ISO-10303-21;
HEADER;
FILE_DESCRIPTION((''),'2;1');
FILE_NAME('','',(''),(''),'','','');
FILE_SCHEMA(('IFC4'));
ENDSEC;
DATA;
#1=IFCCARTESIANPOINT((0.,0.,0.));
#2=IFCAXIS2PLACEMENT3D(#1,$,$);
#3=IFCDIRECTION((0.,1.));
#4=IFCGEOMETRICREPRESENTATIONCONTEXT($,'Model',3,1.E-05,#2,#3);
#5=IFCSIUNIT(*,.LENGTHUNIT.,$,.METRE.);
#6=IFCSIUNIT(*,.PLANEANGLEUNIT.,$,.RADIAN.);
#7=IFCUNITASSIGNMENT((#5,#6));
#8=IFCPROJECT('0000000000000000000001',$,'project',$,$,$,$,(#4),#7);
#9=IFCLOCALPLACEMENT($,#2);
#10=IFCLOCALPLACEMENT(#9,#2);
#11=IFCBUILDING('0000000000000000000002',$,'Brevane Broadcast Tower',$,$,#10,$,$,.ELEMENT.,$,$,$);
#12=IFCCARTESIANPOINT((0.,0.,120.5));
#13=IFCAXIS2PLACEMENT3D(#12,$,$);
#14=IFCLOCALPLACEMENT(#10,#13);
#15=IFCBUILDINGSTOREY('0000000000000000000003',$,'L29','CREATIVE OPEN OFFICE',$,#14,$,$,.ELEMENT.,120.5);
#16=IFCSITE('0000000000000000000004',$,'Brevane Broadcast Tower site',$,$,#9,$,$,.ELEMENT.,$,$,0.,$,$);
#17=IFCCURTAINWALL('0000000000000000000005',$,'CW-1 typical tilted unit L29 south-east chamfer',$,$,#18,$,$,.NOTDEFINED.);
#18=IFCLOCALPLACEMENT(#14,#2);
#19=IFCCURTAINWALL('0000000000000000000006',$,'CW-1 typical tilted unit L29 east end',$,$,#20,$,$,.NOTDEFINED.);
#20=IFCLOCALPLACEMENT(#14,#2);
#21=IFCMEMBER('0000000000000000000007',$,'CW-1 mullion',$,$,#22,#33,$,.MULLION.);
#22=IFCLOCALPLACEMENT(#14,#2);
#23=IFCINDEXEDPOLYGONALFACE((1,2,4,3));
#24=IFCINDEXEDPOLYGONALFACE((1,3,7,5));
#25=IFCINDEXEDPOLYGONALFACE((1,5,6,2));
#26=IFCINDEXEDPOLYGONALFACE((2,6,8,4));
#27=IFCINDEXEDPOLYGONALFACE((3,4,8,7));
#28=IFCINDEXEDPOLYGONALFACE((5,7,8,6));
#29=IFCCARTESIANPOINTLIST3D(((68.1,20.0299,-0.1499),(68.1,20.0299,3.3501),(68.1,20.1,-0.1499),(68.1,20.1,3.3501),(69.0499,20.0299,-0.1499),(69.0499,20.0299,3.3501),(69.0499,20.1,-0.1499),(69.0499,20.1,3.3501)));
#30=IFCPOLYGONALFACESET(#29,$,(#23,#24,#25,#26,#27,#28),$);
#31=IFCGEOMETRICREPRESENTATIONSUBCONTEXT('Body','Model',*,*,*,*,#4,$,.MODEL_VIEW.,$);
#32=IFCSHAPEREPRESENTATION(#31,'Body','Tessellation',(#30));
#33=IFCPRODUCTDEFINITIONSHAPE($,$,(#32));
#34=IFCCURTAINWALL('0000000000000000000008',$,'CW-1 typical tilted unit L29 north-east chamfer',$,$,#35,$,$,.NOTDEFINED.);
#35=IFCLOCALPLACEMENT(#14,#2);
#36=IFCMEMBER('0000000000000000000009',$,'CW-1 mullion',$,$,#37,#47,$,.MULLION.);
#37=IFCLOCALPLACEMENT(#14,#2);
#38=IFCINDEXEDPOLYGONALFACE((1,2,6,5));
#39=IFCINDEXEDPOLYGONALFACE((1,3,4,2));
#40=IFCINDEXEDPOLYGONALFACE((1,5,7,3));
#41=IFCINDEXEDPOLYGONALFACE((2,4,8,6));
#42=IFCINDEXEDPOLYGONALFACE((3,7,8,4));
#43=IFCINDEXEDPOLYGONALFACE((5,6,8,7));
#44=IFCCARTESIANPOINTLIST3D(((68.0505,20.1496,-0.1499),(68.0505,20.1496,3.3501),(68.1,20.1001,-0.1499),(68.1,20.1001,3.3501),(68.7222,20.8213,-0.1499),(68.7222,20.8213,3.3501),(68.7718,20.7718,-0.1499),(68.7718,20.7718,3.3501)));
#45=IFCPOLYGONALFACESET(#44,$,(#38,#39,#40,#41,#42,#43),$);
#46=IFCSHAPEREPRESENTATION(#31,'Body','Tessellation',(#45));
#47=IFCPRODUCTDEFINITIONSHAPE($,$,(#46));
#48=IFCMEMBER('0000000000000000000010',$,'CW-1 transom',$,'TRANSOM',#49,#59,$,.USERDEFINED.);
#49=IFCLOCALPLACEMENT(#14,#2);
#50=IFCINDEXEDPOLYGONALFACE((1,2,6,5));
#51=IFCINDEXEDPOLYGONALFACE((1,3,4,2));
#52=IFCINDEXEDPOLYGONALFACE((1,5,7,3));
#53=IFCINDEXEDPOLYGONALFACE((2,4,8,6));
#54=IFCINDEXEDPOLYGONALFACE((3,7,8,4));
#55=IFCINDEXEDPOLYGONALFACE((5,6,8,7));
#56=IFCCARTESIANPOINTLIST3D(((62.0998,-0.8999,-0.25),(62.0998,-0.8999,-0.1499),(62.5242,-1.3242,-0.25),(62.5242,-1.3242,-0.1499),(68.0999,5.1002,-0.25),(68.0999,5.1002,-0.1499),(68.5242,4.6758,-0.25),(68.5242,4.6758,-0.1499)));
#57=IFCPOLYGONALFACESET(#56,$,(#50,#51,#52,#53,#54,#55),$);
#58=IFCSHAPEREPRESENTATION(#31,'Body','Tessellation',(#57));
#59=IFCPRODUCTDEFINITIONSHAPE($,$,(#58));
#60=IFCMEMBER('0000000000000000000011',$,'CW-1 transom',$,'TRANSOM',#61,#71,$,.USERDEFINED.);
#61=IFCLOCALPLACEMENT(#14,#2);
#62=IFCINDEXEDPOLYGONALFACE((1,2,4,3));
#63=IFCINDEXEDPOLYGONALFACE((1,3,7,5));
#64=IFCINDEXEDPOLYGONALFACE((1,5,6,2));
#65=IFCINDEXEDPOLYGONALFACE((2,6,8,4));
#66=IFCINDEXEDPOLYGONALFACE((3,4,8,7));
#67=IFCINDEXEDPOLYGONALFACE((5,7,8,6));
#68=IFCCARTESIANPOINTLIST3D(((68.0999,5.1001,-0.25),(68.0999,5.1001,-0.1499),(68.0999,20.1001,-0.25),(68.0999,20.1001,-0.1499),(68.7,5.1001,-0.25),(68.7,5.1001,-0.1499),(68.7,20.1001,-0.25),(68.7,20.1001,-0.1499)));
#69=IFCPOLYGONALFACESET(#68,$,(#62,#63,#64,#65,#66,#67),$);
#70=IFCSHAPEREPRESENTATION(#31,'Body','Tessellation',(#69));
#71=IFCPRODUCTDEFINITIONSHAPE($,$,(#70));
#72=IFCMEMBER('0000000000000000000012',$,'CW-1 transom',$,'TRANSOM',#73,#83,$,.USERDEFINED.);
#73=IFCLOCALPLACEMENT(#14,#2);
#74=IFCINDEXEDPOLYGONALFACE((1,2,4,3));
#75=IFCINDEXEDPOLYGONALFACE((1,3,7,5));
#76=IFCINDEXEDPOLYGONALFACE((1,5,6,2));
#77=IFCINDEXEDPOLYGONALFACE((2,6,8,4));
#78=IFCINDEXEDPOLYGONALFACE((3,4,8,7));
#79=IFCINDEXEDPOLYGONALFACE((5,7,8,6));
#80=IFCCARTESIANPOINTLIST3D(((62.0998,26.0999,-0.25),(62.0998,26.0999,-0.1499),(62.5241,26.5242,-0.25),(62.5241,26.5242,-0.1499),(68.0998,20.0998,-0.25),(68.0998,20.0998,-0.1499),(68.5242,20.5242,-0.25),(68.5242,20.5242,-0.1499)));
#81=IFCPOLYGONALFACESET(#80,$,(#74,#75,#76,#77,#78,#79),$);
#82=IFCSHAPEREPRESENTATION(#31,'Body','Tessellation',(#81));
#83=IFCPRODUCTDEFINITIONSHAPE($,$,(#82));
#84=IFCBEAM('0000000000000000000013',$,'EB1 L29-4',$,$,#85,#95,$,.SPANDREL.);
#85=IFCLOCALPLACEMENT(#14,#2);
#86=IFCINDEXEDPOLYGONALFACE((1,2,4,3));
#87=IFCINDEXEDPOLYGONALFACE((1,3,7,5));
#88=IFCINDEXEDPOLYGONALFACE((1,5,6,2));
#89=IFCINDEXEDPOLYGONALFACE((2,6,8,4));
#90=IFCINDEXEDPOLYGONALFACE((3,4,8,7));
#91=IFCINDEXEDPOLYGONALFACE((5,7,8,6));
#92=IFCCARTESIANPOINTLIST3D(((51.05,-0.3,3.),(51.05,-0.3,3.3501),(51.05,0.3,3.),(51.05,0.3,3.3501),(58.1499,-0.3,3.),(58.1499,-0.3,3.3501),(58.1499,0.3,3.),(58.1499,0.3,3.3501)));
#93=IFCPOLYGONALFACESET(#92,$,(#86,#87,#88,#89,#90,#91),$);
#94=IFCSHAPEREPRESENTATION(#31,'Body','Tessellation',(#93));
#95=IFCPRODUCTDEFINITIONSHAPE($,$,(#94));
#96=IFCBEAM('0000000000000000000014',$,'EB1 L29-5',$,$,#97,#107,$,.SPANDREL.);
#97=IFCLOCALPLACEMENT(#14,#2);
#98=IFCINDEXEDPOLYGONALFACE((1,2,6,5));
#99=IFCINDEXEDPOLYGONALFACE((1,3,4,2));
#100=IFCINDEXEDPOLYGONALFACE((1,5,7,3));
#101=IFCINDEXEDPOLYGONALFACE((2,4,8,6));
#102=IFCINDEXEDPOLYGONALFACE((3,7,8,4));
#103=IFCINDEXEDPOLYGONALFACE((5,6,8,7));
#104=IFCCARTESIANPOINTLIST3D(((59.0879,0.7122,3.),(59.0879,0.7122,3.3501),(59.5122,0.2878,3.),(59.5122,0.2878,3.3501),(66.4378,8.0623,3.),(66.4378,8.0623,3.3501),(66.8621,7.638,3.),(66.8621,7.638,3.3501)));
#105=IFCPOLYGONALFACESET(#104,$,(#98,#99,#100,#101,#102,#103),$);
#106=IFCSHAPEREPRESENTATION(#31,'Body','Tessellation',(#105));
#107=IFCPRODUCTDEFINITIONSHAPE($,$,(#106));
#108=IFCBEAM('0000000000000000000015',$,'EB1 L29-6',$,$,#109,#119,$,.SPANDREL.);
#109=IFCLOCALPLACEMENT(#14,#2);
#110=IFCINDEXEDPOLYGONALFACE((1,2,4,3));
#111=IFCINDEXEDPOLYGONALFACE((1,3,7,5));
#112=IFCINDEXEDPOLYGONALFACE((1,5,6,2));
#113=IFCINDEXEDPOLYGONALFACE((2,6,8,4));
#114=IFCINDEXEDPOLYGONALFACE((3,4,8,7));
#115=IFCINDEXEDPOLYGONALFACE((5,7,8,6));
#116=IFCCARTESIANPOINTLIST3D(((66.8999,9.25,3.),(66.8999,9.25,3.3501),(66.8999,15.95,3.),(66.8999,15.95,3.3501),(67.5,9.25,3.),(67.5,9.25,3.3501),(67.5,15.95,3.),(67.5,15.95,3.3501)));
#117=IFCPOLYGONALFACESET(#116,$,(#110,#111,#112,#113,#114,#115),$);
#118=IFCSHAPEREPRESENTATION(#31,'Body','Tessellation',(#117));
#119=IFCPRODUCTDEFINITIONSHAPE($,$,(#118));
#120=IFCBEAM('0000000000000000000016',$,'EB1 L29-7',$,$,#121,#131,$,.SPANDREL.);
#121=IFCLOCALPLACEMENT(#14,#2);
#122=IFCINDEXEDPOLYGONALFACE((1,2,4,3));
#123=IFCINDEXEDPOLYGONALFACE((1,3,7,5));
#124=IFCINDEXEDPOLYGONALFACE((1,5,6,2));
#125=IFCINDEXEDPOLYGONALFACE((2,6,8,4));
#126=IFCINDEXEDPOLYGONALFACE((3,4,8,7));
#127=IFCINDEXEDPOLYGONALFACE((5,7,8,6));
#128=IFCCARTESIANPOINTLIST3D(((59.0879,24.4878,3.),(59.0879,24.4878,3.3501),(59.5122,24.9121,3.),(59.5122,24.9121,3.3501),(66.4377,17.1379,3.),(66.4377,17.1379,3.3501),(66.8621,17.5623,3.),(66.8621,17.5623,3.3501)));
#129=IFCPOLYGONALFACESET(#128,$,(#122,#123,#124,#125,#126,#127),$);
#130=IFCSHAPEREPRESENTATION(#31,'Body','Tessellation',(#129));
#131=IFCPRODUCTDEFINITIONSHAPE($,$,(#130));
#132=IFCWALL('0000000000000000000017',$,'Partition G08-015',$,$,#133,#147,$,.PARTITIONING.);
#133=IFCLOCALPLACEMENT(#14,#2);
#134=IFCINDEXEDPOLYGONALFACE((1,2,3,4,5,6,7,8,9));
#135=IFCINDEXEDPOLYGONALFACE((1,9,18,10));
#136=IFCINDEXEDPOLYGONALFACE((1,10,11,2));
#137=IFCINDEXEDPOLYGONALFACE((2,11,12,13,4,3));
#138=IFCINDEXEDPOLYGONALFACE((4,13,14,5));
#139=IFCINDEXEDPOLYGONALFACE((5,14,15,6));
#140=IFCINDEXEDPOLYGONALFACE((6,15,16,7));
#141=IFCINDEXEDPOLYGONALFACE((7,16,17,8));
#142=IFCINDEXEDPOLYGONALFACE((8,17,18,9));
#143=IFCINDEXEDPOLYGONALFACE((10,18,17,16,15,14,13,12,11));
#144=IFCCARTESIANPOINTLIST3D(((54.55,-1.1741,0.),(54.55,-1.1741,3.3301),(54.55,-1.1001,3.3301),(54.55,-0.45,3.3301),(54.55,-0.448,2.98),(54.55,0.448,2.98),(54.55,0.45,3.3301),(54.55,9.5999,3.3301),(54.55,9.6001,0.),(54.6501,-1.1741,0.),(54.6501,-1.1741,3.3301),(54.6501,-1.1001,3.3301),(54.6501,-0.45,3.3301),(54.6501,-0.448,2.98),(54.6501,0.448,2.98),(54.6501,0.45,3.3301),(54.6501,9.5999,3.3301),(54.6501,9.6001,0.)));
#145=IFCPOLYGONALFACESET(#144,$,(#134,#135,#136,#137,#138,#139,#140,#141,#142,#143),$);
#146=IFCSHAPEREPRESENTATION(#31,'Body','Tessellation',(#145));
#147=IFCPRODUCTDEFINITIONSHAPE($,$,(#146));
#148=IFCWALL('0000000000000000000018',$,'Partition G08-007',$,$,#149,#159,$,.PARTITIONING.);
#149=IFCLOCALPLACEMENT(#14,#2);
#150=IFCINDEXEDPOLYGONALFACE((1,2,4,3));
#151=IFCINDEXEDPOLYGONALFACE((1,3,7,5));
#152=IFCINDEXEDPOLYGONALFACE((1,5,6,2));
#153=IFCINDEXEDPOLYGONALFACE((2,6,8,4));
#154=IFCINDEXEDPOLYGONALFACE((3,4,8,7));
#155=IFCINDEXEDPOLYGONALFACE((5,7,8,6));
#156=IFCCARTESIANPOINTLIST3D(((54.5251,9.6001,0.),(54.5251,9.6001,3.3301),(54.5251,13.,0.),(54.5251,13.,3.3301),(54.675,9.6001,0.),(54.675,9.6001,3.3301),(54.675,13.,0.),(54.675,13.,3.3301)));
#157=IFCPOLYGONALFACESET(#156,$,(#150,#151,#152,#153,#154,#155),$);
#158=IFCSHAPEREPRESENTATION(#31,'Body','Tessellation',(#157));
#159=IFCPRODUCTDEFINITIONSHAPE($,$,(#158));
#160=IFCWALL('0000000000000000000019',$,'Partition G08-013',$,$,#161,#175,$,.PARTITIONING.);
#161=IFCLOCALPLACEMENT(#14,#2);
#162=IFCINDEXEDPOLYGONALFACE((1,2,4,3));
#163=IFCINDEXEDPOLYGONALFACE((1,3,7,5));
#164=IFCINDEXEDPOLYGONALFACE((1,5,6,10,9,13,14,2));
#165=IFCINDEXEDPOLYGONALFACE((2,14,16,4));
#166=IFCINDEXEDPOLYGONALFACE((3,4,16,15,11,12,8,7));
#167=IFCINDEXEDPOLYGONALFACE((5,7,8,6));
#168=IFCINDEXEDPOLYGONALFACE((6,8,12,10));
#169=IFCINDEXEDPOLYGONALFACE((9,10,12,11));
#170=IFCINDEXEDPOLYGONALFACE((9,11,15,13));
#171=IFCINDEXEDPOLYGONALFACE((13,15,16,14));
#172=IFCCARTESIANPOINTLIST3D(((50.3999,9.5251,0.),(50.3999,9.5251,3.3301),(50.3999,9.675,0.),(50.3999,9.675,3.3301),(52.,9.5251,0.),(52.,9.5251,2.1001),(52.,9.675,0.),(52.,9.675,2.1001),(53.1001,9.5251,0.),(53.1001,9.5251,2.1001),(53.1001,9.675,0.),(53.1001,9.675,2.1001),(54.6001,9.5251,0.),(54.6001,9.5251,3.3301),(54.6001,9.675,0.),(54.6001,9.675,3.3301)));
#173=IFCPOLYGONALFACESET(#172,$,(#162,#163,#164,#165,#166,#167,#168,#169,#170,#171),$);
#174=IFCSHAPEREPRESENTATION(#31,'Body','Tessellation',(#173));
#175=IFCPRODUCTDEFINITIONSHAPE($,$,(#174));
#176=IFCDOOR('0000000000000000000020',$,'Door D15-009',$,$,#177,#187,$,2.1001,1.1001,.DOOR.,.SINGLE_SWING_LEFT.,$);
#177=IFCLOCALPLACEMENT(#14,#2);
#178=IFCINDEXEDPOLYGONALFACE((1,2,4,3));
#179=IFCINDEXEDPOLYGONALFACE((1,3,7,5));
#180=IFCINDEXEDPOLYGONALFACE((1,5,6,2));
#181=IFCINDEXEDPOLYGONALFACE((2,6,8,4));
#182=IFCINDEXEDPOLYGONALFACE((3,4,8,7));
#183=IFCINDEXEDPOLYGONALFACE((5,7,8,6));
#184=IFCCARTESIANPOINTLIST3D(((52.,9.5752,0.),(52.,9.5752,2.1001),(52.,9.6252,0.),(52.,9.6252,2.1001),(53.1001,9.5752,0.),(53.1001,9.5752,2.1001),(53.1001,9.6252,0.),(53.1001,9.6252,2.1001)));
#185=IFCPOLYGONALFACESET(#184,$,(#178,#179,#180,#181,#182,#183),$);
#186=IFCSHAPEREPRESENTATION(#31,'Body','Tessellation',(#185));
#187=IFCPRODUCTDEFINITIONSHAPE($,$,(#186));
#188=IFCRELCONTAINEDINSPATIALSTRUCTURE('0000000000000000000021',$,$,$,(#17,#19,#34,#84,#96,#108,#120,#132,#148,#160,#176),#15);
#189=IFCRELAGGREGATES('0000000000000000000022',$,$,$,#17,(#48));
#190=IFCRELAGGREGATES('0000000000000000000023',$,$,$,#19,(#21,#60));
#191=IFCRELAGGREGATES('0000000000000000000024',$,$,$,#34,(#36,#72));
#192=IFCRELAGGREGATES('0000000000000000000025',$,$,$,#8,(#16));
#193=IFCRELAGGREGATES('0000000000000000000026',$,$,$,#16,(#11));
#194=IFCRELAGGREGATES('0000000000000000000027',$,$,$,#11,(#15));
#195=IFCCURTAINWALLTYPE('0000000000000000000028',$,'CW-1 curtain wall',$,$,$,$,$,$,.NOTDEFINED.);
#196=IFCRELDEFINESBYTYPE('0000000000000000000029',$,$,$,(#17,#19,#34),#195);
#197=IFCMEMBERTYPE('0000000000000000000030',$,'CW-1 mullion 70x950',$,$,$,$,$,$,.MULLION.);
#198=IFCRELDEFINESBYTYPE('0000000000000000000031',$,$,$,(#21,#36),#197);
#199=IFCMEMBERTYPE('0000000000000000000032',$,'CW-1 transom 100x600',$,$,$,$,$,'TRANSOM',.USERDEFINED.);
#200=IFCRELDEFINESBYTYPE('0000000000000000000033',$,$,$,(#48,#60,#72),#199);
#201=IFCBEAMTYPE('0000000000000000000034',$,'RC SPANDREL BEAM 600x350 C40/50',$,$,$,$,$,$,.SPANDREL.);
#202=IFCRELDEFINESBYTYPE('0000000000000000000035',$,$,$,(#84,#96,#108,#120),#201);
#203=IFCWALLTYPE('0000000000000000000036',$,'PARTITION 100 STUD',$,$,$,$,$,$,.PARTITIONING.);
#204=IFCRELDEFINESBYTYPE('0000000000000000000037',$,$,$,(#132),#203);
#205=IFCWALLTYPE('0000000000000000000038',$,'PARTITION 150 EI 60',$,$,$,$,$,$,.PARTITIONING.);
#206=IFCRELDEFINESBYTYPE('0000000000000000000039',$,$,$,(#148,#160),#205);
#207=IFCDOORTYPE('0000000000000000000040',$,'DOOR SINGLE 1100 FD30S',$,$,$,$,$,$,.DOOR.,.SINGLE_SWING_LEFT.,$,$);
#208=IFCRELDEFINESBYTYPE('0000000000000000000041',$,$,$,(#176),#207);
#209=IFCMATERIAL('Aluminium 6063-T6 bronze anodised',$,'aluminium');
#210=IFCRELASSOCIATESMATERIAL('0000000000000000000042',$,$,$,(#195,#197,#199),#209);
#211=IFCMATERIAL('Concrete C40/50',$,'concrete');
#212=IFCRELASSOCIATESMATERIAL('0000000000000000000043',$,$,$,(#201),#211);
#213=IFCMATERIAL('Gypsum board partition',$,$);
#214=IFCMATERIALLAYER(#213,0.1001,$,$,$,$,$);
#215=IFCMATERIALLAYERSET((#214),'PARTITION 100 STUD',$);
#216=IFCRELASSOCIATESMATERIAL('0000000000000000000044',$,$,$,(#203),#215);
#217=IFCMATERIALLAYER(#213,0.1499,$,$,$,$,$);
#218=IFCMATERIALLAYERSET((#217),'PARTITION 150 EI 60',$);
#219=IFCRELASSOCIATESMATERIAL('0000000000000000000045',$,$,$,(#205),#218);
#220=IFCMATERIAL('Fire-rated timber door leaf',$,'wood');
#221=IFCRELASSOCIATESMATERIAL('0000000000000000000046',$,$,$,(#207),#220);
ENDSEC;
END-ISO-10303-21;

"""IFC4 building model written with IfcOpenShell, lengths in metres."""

from ifc_helpers import new_model, si_unit, direction, frame, frame_2d, origin, origin_2d, place, context, subcontext, project, spatial, polyline, rectangle, outline, extrude, material, layer, layer_set, material_profile, profile_set, type_object, element, fill, aggregate, save


model = new_model("IFC4")

# Units and contexts
model_context = context("Model", 3, precision=1e-05, world=origin(), true_north=direction((0.0, 1.0)))
body_context = subcontext(model_context, "Body", "Model", "MODEL_VIEW")
ifc_project = project(units=[si_unit("LENGTHUNIT", "METRE"), si_unit("PLANEANGLEUNIT", "RADIAN")], contexts=[model_context])

# Site, building, storey
site_placement = place(None, origin())
site = spatial("IfcSite", under=ifc_project, at=site_placement, Name="Brevane Broadcast Tower site", CompositionType="ELEMENT", RefElevation=0.0)
building_placement = place(site_placement, origin())
building = spatial("IfcBuilding", under=site, at=building_placement, Name="Brevane Broadcast Tower", CompositionType="ELEMENT")
storey_placement = place(building_placement, frame((0.0, 0.0, 120.5)))
storey = spatial("IfcBuildingStorey", under=building, at=storey_placement, Name="L29", Description="CREATIVE OPEN OFFICE", CompositionType="ELEMENT", Elevation=120.5)

# Curtain walls, member
ifc_material_1 = material(Name="Aluminium 6063-T6 bronze anodised", Category="aluminium")
curtain_wall_type = type_object("IfcCurtainWallType", Name="CW-1 curtain wall", PredefinedType="NOTDEFINED", material=ifc_material_1)
ifc_material_profile_1 = material_profile(ifc_material_1, rectangle(XDim=0.95, YDim=0.0701, at=origin_2d()), Name="RECT 70x950")
ifc_profile_set_1 = profile_set([ifc_material_profile_1], Name="Aluminium 6063-T6 bronze anodised")
member_type_1 = type_object("IfcMemberType", Name="CW-1 mullion 70x950", PredefinedType="MULLION", material=ifc_profile_set_1)
curtain_wall_1_placement = place(storey_placement, origin())
curtain_wall_1 = element("IfcCurtainWall", 1, at=curtain_wall_1_placement, inside=storey, type_object=curtain_wall_type, Name="CW-1 typical tilted unit L29 south-east chamfer", PredefinedType="NOTDEFINED")
curtain_wall_2_placement = place(storey_placement, origin())
curtain_wall_2 = element("IfcCurtainWall", 2, at=curtain_wall_2_placement, inside=storey, type_object=curtain_wall_type, Name="CW-1 typical tilted unit L29 east end", PredefinedType="NOTDEFINED")
member_1_placement = place(storey_placement, frame((68.575, 20.0649, -0.1499), z_axis=(0.0, 0.0, 1.0), x_axis=(-1.0, 0.0, 0.0)))
member_1 = element("IfcMember", 3, at=member_1_placement, type_object=member_type_1, Name="CW-1 mullion", PredefinedType="MULLION", context=body_context, shape_type="SweptSolid", body=[
    extrude(rectangle(XDim=0.95, YDim=0.0701, at=origin_2d()), origin(), (0.0, 0.0, 1.0), 3.5),
])

# Curtain wall, member
curtain_wall_3_placement = place(storey_placement, origin())
curtain_wall_3 = element("IfcCurtainWall", 4, at=curtain_wall_3_placement, inside=storey, type_object=curtain_wall_type, Name="CW-1 typical tilted unit L29 north-east chamfer", PredefinedType="NOTDEFINED")
member_2_placement = place(storey_placement, frame((68.4111, 20.4607, -0.1499), z_axis=(0.0, 0.0, 1.0), x_axis=(-0.707107, -0.707107, 0.0)))
member_2 = element("IfcMember", 5, at=member_2_placement, type_object=member_type_1, Name="CW-1 mullion", PredefinedType="MULLION", context=body_context, shape_type="SweptSolid", body=[
    extrude(rectangle(XDim=0.95, YDim=0.0701, at=origin_2d()), origin(), (0.0, 0.0, 1.0), 3.5),
])

# Members
ifc_material_profile_2 = material_profile(ifc_material_1, rectangle(XDim=0.6001, YDim=0.1001, at=origin_2d()), Name="RECT 100x600")
ifc_profile_set_2 = profile_set([ifc_material_profile_2], Name="Aluminium 6063-T6 bronze anodised")
member_type_2 = type_object("IfcMemberType", Name="CW-1 transom 100x600", ElementType="TRANSOM", PredefinedType="USERDEFINED", material=ifc_profile_set_2)
member_3_placement = place(storey_placement, frame((62.312, -1.1121, -0.2), z_axis=(0.707107, 0.707107, 0.0), x_axis=(-0.707107, 0.707107, 0.0)))
member_3 = element("IfcMember", 6, at=member_3_placement, type_object=member_type_2, Name="CW-1 transom", ObjectType="TRANSOM", PredefinedType="USERDEFINED", context=body_context, shape_type="SweptSolid", body=[
    extrude(rectangle(XDim=0.6001, YDim=0.1001, at=origin_2d()), origin(), (0.0, 0.0, 1.0), 8.4854),
])
aggregate(curtain_wall_1, [member_3])
member_4_placement = place(storey_placement, frame((68.3999, 5.1001, -0.2), z_axis=(0.0, 1.0, 0.0), x_axis=(-1.0, 0.0, 0.0)))
member_4 = element("IfcMember", 7, at=member_4_placement, type_object=member_type_2, Name="CW-1 transom", ObjectType="TRANSOM", PredefinedType="USERDEFINED", context=body_context, shape_type="SweptSolid", body=[
    extrude(rectangle(XDim=0.6001, YDim=0.1001, at=origin_2d()), origin(), (0.0, 0.0, 1.0), 15.0),
])
aggregate(curtain_wall_2, [member_1, member_4])
member_5_placement = place(storey_placement, frame((68.312, 20.312, -0.2), z_axis=(-0.707107, 0.707107, 0.0), x_axis=(-0.707107, -0.707107, 0.0)))
member_5 = element("IfcMember", 8, at=member_5_placement, type_object=member_type_2, Name="CW-1 transom", ObjectType="TRANSOM", PredefinedType="USERDEFINED", context=body_context, shape_type="SweptSolid", body=[
    extrude(rectangle(XDim=0.6001, YDim=0.1001, at=origin_2d()), origin(), (0.0, 0.0, 1.0), 8.4854),
])
aggregate(curtain_wall_3, [member_2, member_5])

# Beams
ifc_material_2 = material(Name="Concrete C40/50", Category="concrete")
ifc_material_profile_3 = material_profile(ifc_material_2, rectangle(XDim=0.6001, YDim=0.3501, at=origin_2d()), Name="RC 600x350")
ifc_profile_set_3 = profile_set([ifc_material_profile_3], Name="Concrete C40/50")
beam_type = type_object("IfcBeamType", Name="RC SPANDREL BEAM 600x350 C40/50", PredefinedType="SPANDREL", material=ifc_profile_set_3)
beam_1_placement = place(storey_placement, frame((51.05, 0.0, 3.175), z_axis=(1.0, 0.0, 0.0), x_axis=(0.0, 1.0, 0.0)))
element("IfcBeam", 9, at=beam_1_placement, inside=storey, type_object=beam_type, Name="EB1 L29-4", PredefinedType="SPANDREL", context=body_context, shape_type="SweptSolid", body=[
    extrude(rectangle(XDim=0.6001, YDim=0.3501, at=origin_2d()), origin(), (0.0, 0.0, 1.0), 7.0999),
])
beam_2_placement = place(storey_placement, frame((59.3, 0.5, 3.175), z_axis=(0.707095, 0.707119, 0.0), x_axis=(-0.707119, 0.707095, 0.0)))
element("IfcBeam", 10, at=beam_2_placement, inside=storey, type_object=beam_type, Name="EB1 L29-5", PredefinedType="SPANDREL", context=body_context, shape_type="SweptSolid", body=[
    extrude(rectangle(XDim=0.6001, YDim=0.3501, at=origin_2d()), origin(), (0.0, 0.0, 1.0), 10.3945),
])
beam_3_placement = place(storey_placement, frame((67.2, 9.25, 3.175), z_axis=(0.0, 1.0, 0.0), x_axis=(-1.0, 0.0, 0.0)))
element("IfcBeam", 11, at=beam_3_placement, inside=storey, type_object=beam_type, Name="EB1 L29-6", PredefinedType="SPANDREL", context=body_context, shape_type="SweptSolid", body=[
    extrude(rectangle(XDim=0.6001, YDim=0.3501, at=origin_2d()), origin(), (0.0, 0.0, 1.0), 6.7),
])
beam_4_placement = place(storey_placement, frame((66.6499, 17.3501, 3.175), z_axis=(-0.707107, 0.707107, 0.0), x_axis=(-0.707107, -0.707107, 0.0)))
element("IfcBeam", 12, at=beam_4_placement, inside=storey, type_object=beam_type, Name="EB1 L29-7", PredefinedType="SPANDREL", context=body_context, shape_type="SweptSolid", body=[
    extrude(rectangle(XDim=0.6001, YDim=0.3501, at=origin_2d()), origin(), (0.0, 0.0, 1.0), 10.3943),
])

# Walls
ifc_material_3 = material(Name="Gypsum board partition")
ifc_layer_1 = layer(ifc_material_3, 0.1001)
ifc_layer_set_1 = layer_set([ifc_layer_1], Name="PARTITION 100 STUD")
wall_type_1 = type_object("IfcWallType", Name="PARTITION 100 STUD", PredefinedType="PARTITIONING", material=ifc_layer_set_1)
wall_1_placement = place(storey_placement, frame((54.6001, -1.1741, 0.0), z_axis=(0.0, 0.0, 1.0), x_axis=(0.0, 1.0, 0.0)))
element("IfcWall", 13, at=wall_1_placement, inside=storey, type_object=wall_type_1, Name="Partition G08-015", PredefinedType="PARTITIONING", context=body_context, shape_type="SweptSolid", body=[
    extrude(outline(polyline([(0.0, 0.0), (10.7742, 0.0), (10.7739, 3.3301), (1.624, 3.3301), (1.6221, 2.98), (0.7261, 2.98), (0.7241, 3.3301), (0.074, 3.3301), (0.0, 3.3301), (0.0, 0.0)])), frame((0.0, 0.05, 0.0), z_axis=(0.0, -1.0, 0.0), x_axis=(1.0, 0.0, 0.0)), (0.0, 0.0, 1.0), 0.1001),
])
ifc_layer_2 = layer(ifc_material_3, 0.1499)
ifc_layer_set_2 = layer_set([ifc_layer_2], Name="PARTITION 150 EI 60")
wall_type_2 = type_object("IfcWallType", Name="PARTITION 150 EI 60", PredefinedType="PARTITIONING", material=ifc_layer_set_2)
wall_2_placement = place(storey_placement, frame((54.6001, 13.0, 0.0), z_axis=(0.0, 0.0, 1.0), x_axis=(0.0, -1.0, 0.0)))
element("IfcWall", 14, at=wall_2_placement, inside=storey, type_object=wall_type_2, Name="Partition G08-007", PredefinedType="PARTITIONING", context=body_context, shape_type="SweptSolid", body=[
    extrude(rectangle(XDim=3.3999, YDim=0.1499, at=frame_2d((1.7, 0.0))), origin(), (0.0, 0.0, 1.0), 3.3301),
])

# Wall, opening, door
wall_3_placement = place(storey_placement, frame((54.6001, 9.6001, 0.0), z_axis=(0.0, 0.0, 1.0), x_axis=(-1.0, 0.0, 0.0)))
wall_3 = element("IfcWall", 15, at=wall_3_placement, inside=storey, type_object=wall_type_2, Name="Partition G08-013", PredefinedType="PARTITIONING", context=body_context, shape_type="SweptSolid", body=[
    extrude(rectangle(XDim=4.2002, YDim=0.1499, at=frame_2d((2.1001, 0.0))), origin(), (0.0, 0.0, 1.0), 3.3301),
])
opening_placement = place(wall_3_placement, frame((1.5, 0.0, 0.0)))
opening = element("IfcOpeningElement", 16, at=opening_placement, cuts=wall_3, PredefinedType="OPENING", context=body_context, shape_type="SweptSolid", body=[
    extrude(rectangle(XDim=1.1001, YDim=2.1001, at=frame_2d((0.55, 1.05))), frame((0.0, 0.085, 0.0), z_axis=(0.0, -1.0, 0.0), x_axis=(1.0, 0.0, 0.0)), (0.0, 0.0, 1.0), 0.1699),
])
ifc_material_4 = material(Name="Fire-rated timber door leaf", Category="wood")
door_type = type_object("IfcDoorType", Name="DOOR SINGLE 1100 FD30S", OperationType="SINGLE_SWING_LEFT", PredefinedType="DOOR", material=ifc_material_4)
door_placement = place(opening_placement, origin())
door = element("IfcDoor", 17, at=door_placement, inside=storey, type_object=door_type, Name="Door D15-009", OperationType="SINGLE_SWING_LEFT", OverallHeight=2.1001, OverallWidth=1.1001, PredefinedType="DOOR", context=body_context, shape_type="SweptSolid", body=[
    extrude(rectangle(XDim=1.1001, YDim=2.1001, at=frame_2d((0.55, 1.05))), frame((0.0, 0.0249, 0.0), z_axis=(0.0, -1.0, 0.0), x_axis=(1.0, 0.0, 0.0)), (0.0, 0.0, 1.0), 0.05),
])
fill(opening, door)

save(model, "model.ifc")
